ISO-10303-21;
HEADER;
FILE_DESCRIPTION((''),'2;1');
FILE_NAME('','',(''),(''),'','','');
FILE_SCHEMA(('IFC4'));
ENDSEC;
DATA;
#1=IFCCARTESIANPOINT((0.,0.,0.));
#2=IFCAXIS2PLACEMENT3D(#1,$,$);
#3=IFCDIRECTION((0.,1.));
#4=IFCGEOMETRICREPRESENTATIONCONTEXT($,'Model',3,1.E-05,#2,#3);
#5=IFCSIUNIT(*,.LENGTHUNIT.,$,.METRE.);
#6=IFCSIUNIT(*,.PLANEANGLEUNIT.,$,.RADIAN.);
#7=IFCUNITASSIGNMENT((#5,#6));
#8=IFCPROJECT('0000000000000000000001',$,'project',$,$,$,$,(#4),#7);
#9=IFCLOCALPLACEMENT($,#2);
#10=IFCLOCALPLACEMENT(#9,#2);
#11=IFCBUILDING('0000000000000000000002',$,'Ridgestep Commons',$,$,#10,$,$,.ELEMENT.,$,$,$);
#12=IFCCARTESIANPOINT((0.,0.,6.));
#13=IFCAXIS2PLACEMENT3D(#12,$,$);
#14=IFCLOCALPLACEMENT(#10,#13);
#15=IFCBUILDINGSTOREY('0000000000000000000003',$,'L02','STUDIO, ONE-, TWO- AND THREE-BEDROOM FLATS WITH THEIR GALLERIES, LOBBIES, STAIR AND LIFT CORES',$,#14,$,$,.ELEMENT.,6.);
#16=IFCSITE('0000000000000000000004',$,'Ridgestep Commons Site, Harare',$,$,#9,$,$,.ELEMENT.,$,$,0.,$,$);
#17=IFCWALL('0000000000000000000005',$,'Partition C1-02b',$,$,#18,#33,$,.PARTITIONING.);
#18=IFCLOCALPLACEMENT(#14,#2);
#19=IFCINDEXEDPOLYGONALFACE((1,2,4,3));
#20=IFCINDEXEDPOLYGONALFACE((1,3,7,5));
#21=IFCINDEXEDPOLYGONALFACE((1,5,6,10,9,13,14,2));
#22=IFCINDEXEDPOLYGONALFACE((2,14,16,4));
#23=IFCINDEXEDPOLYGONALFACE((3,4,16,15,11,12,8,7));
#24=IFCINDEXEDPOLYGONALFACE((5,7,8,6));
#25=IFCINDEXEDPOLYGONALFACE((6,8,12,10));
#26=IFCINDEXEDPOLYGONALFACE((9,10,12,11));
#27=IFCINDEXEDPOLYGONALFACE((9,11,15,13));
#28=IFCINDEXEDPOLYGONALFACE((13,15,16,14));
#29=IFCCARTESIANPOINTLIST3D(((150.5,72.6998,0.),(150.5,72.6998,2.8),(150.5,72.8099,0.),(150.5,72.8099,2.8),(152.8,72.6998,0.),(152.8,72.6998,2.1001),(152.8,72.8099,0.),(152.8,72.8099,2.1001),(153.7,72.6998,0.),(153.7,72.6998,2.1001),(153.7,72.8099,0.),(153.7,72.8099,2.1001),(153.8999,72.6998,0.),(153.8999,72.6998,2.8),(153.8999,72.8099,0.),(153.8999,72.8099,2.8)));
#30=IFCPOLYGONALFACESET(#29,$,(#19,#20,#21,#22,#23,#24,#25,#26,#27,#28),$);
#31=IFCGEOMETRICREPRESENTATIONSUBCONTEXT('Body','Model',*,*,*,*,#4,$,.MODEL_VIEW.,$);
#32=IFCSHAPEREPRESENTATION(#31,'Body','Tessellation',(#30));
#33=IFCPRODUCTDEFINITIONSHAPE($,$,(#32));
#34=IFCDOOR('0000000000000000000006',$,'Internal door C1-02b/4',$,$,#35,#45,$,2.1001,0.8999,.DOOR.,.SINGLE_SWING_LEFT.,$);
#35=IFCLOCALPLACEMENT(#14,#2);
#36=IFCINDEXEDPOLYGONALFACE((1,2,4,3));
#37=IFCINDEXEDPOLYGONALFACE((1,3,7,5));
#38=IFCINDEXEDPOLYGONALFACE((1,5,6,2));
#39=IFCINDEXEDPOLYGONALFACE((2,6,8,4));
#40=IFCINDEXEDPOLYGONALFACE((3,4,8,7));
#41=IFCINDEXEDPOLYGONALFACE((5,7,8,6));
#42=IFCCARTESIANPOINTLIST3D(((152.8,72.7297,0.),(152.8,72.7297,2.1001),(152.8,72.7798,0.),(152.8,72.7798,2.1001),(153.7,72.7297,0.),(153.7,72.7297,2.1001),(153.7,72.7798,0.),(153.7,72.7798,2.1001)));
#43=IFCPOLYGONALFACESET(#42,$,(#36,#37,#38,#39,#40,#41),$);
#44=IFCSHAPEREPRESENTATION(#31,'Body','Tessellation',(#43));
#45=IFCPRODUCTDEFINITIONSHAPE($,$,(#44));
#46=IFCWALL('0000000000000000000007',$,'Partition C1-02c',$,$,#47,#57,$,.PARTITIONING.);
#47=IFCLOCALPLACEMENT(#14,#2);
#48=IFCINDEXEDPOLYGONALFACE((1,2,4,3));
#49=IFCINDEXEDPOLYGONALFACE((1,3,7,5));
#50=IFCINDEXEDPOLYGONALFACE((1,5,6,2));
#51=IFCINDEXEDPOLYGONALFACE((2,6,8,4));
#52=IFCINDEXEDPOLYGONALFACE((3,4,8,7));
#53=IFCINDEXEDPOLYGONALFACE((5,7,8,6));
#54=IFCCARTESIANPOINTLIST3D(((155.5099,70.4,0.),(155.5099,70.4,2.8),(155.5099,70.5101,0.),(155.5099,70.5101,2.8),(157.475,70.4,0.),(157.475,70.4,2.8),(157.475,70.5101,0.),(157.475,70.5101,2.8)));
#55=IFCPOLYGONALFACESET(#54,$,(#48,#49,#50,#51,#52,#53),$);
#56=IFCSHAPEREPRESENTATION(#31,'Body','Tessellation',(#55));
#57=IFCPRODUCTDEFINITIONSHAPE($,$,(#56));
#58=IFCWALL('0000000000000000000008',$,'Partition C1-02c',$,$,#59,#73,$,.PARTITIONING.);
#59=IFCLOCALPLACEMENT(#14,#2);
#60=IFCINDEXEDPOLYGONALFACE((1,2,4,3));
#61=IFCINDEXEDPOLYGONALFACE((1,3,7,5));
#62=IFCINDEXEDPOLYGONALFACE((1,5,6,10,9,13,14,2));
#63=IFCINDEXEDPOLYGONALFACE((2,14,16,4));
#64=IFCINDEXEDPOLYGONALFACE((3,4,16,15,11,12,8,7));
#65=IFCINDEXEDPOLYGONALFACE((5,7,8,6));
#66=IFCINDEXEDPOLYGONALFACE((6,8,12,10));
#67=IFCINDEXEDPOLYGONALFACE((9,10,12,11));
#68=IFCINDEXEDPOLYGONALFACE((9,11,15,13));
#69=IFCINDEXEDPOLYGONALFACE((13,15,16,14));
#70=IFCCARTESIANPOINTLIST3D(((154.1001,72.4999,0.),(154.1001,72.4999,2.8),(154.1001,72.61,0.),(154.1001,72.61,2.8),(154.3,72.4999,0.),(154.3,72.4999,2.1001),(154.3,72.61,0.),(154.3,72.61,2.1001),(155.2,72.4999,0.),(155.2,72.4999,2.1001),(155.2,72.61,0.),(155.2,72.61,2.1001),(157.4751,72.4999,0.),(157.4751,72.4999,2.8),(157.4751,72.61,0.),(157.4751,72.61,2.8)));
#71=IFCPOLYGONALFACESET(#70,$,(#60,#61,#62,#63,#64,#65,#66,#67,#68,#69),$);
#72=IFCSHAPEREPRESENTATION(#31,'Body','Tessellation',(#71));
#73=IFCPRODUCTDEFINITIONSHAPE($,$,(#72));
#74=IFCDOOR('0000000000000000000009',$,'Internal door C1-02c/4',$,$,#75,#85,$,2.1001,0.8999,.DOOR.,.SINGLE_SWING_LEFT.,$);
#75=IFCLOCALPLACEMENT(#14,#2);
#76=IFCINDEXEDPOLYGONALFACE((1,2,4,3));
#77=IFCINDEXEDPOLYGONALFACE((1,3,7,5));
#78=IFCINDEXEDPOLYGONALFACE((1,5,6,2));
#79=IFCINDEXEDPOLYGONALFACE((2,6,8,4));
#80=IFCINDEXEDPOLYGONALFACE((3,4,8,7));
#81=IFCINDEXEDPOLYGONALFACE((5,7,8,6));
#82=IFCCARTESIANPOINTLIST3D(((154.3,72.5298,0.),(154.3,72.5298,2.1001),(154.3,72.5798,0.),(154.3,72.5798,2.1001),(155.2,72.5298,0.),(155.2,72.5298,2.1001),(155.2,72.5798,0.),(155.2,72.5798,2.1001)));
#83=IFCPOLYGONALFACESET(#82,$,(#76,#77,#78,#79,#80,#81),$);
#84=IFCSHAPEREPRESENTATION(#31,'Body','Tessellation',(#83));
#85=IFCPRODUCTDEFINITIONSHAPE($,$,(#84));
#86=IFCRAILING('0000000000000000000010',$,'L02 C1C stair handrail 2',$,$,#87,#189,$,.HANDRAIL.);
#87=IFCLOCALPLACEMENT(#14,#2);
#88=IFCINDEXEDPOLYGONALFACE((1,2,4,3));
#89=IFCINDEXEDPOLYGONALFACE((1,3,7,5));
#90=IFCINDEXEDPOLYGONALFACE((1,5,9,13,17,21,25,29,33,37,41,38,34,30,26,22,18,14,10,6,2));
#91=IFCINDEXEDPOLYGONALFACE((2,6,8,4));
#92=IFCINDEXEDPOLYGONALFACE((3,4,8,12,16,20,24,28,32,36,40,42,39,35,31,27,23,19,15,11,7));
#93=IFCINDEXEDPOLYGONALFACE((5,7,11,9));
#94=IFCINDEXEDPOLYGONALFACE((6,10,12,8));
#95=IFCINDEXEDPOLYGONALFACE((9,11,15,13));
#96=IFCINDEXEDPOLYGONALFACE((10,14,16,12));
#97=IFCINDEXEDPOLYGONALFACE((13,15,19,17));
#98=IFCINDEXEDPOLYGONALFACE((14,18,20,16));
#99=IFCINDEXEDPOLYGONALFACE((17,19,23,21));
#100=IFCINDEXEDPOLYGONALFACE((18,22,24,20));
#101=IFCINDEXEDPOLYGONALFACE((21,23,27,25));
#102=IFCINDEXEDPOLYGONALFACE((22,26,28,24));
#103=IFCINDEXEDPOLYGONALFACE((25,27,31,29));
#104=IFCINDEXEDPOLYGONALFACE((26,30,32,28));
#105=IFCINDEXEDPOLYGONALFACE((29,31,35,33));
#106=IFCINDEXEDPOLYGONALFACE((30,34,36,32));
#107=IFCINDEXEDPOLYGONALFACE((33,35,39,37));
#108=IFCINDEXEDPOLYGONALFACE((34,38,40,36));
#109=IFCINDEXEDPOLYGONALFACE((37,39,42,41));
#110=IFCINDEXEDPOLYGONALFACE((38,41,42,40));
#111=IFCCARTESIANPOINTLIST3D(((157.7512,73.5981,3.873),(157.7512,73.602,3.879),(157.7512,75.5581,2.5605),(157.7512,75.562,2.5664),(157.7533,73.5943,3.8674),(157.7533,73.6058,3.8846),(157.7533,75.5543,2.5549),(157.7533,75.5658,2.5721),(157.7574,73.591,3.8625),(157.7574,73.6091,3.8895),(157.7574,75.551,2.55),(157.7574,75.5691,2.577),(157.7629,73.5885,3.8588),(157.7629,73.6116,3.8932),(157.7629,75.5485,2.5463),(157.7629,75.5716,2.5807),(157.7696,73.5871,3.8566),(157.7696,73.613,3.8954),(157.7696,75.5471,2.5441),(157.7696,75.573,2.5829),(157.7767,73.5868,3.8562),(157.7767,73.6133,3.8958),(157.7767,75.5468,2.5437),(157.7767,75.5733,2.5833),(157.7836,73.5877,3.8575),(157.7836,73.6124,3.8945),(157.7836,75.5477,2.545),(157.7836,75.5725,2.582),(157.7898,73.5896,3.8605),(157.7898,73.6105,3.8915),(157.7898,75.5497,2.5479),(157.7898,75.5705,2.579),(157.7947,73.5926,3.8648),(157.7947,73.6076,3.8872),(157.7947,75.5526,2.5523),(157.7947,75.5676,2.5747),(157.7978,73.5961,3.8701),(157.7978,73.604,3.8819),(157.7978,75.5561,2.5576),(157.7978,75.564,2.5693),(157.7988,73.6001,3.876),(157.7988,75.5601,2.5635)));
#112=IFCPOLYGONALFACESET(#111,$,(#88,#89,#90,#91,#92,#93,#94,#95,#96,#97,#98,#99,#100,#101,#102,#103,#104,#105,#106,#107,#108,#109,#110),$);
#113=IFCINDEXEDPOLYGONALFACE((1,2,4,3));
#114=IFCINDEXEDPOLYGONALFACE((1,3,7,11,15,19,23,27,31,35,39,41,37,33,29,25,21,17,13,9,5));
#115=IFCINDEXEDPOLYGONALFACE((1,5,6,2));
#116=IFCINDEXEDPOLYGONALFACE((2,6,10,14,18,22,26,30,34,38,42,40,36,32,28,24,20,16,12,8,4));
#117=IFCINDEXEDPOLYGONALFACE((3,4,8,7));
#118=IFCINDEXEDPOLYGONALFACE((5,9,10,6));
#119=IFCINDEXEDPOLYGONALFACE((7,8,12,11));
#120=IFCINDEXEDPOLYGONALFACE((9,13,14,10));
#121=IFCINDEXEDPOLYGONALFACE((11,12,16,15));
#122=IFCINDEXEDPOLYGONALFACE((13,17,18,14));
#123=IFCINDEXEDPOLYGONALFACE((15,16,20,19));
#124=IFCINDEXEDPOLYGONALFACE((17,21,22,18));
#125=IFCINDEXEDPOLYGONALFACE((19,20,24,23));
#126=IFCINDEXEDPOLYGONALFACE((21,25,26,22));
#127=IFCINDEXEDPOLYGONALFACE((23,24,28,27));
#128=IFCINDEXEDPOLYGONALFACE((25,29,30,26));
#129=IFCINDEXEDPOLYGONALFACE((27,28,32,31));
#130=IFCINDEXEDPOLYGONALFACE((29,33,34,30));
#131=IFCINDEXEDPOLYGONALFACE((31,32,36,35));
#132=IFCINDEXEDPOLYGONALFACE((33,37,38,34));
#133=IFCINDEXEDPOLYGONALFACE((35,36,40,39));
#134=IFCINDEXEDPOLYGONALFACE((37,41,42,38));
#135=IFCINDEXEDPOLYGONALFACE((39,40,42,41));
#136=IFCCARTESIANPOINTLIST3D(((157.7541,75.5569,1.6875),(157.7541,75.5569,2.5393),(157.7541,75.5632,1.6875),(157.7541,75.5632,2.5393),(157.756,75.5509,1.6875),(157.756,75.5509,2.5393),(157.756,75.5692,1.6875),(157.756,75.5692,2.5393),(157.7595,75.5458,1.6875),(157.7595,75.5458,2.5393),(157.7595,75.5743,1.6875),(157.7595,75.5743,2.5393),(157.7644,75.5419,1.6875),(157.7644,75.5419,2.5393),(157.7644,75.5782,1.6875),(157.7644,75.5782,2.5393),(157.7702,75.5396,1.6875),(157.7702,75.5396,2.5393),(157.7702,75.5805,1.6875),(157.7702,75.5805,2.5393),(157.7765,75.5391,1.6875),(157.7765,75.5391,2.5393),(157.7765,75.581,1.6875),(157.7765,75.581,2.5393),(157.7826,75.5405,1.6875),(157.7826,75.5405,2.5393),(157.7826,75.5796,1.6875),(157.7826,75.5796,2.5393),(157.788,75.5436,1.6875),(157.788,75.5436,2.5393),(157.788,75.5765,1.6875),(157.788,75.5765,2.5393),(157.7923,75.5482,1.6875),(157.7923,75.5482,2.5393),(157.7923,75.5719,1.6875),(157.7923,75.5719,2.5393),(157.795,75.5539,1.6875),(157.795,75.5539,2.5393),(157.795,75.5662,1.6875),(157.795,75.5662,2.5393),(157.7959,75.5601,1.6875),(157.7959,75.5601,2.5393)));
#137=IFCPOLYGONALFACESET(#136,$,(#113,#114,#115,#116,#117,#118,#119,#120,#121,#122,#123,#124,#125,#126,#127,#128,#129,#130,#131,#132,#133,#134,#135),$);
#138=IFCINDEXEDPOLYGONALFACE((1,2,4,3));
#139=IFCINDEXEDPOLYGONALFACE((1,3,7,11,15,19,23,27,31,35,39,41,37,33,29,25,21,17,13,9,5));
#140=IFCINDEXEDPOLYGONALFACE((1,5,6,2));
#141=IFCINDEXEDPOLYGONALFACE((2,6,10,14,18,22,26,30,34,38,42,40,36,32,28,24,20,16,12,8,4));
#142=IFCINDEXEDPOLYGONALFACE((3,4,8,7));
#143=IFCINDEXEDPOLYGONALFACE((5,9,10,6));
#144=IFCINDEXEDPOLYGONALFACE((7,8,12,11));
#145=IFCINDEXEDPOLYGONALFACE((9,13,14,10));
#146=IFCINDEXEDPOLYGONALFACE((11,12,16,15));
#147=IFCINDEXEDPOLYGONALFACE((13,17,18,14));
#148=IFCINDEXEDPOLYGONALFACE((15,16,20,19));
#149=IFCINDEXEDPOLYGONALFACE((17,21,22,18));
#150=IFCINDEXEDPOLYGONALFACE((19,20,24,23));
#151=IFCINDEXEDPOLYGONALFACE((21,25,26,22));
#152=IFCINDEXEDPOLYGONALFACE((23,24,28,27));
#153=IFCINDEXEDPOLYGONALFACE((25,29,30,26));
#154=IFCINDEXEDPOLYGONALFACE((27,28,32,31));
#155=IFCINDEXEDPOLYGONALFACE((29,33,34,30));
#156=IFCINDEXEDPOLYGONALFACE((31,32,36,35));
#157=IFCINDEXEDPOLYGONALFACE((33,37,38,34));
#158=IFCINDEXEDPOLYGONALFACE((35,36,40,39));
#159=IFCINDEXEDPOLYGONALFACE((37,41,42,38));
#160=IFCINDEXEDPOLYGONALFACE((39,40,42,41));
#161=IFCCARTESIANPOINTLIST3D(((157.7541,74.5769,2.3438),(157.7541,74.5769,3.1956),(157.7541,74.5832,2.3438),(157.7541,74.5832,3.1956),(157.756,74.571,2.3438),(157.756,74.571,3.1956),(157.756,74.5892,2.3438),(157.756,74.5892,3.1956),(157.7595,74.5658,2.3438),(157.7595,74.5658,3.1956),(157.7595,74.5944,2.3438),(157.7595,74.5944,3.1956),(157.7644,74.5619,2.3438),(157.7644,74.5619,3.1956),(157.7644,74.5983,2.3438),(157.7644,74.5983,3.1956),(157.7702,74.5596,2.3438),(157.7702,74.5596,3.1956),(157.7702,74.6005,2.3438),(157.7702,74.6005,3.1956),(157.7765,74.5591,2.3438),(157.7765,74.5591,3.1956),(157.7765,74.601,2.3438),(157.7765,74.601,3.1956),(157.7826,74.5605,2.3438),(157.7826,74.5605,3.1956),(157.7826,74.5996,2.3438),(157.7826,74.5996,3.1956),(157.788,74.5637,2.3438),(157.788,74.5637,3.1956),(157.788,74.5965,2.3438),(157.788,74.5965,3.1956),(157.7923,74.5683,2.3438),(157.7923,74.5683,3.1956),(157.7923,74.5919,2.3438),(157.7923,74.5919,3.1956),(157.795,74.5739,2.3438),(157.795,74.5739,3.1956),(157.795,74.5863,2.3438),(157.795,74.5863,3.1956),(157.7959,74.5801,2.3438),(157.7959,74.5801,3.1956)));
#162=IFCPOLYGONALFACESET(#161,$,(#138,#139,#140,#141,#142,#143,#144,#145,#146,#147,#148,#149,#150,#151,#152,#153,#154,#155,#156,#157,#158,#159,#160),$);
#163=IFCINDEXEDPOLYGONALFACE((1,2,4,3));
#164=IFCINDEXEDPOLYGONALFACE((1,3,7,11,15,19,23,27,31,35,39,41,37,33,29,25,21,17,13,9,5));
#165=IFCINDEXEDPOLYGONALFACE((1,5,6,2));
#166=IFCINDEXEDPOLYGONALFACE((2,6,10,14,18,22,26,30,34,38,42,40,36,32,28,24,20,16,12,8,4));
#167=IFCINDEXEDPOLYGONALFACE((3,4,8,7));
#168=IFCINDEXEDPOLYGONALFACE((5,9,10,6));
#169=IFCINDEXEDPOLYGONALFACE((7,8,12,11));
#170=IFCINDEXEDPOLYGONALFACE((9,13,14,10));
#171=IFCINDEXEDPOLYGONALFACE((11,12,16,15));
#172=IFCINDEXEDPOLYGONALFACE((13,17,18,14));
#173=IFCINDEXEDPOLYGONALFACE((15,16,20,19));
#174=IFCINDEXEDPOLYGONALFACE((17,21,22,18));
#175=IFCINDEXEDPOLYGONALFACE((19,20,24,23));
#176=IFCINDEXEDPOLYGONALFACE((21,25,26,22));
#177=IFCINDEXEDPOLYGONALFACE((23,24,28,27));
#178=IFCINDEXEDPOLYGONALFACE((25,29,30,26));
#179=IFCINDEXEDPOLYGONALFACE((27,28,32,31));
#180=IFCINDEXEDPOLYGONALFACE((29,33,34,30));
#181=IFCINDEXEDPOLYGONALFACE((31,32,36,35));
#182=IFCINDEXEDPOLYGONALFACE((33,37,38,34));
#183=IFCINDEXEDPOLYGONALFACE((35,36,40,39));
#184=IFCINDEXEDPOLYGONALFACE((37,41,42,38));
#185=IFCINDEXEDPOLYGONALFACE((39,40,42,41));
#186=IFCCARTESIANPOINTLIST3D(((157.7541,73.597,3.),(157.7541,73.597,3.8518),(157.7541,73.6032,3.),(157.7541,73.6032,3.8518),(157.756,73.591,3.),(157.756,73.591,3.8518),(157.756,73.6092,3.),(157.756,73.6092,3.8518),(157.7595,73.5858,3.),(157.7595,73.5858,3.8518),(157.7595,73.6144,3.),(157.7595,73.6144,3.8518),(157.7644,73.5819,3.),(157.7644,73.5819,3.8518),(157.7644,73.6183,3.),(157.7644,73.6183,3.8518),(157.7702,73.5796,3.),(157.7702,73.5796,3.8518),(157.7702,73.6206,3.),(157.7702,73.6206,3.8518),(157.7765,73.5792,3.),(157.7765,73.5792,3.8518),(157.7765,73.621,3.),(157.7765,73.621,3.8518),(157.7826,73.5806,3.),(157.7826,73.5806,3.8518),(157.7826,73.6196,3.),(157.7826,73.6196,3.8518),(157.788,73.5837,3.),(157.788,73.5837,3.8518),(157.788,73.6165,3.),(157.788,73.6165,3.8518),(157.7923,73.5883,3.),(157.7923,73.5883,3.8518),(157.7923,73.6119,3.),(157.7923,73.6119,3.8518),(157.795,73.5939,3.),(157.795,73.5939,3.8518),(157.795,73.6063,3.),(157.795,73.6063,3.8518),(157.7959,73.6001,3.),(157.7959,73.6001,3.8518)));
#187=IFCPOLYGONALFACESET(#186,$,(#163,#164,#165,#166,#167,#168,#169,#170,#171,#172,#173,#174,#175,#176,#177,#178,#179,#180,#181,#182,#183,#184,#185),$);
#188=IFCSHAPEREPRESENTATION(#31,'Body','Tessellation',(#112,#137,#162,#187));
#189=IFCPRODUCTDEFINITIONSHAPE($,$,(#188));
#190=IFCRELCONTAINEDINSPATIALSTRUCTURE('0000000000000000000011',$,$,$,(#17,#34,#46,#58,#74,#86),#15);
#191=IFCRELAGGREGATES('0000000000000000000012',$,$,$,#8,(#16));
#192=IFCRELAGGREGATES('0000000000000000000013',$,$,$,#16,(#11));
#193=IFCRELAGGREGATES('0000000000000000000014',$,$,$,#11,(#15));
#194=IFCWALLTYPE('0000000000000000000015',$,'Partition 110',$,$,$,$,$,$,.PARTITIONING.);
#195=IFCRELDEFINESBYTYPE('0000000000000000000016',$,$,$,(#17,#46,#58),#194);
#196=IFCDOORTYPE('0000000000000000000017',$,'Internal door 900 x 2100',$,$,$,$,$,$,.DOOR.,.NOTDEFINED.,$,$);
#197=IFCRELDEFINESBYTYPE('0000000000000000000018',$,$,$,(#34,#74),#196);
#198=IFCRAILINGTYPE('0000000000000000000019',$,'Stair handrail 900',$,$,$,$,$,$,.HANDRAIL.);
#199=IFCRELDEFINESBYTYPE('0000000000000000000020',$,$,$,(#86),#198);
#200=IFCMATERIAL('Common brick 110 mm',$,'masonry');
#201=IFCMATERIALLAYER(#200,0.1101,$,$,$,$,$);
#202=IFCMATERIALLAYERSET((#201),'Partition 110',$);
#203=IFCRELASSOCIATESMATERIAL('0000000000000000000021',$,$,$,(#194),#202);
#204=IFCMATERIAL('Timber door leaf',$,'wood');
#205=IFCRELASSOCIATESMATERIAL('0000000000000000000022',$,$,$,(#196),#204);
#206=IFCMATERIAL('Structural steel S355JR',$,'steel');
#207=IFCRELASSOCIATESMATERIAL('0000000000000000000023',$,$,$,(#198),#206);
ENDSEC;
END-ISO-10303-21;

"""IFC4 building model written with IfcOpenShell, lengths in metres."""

from ifc_helpers import new_model, si_unit, direction, frame, frame_2d, origin, origin_2d, place, context, subcontext, project, spatial, rectangle, circle, extrude, material, layer, layer_set, type_object, element, fill, save


model = new_model("IFC4")

# Units and contexts
model_context = context("Model", 3, precision=1e-05, world=origin(), true_north=direction((0.0, 1.0)))
body_context = subcontext(model_context, "Body", "Model", "MODEL_VIEW")
ifc_project = project(units=[si_unit("LENGTHUNIT", "METRE"), si_unit("PLANEANGLEUNIT", "RADIAN")], contexts=[model_context])

# Site, building, storey
site_placement = place(None, origin())
site = spatial("IfcSite", under=ifc_project, at=site_placement, Name="Ridgestep Commons Site, Harare", CompositionType="ELEMENT", RefElevation=0.0)
building_placement = place(site_placement, origin())
building = spatial("IfcBuilding", under=site, at=building_placement, Name="Ridgestep Commons", CompositionType="ELEMENT")
storey_placement = place(building_placement, frame((0.0, 0.0, 6.0)))
storey = spatial("IfcBuildingStorey", under=building, at=storey_placement, Name="L02", Description="STUDIO, ONE-, TWO- AND THREE-BEDROOM FLATS WITH THEIR GALLERIES, LOBBIES, STAIR AND LIFT CORES", CompositionType="ELEMENT", Elevation=6.0)

# Wall, opening, door
ifc_material_1 = material(Name="Common brick 110 mm", Category="masonry")
ifc_layer_1 = layer(ifc_material_1, 0.1101)
ifc_layer_set_1 = layer_set([ifc_layer_1], Name="Partition 110")
wall_type_1 = type_object("IfcWallType", Name="Partition 110", PredefinedType="PARTITIONING", material=ifc_layer_set_1)
wall_1_placement = place(storey_placement, frame((150.5, 72.7549, 0.0), z_axis=(0.0, 0.0, 1.0), x_axis=(1.0, 0.0, 0.0)))
wall_1 = element("IfcWall", 1, at=wall_1_placement, inside=storey, type_object=wall_type_1, Name="Partition C1-02b", PredefinedType="PARTITIONING", context=body_context, shape_type="SweptSolid", body=[
    extrude(rectangle(XDim=3.3999, YDim=0.1101, at=frame_2d((1.7, 0.0))), origin(), (0.0, 0.0, 1.0), 2.8),
])
opening_1_placement = place(wall_1_placement, frame((2.3, 0.0, 0.0)))
opening_1 = element("IfcOpeningElement", 2, at=opening_1_placement, cuts=wall_1, PredefinedType="OPENING", context=body_context, shape_type="SweptSolid", body=[
    extrude(rectangle(XDim=0.8999, YDim=2.1001, at=frame_2d((0.45, 1.05))), frame((0.0, 0.0649, 0.0), z_axis=(0.0, -1.0, 0.0), x_axis=(1.0, 0.0, 0.0)), (0.0, 0.0, 1.0), 0.1301),
])
ifc_material_2 = material(Name="Timber door leaf", Category="wood")
door_type_1 = type_object("IfcDoorType", Name="Internal door 900 x 2100", OperationType="NOTDEFINED", PredefinedType="DOOR", material=ifc_material_2)
door_1_placement = place(opening_1_placement, origin())
door_1 = element("IfcDoor", 3, at=door_1_placement, inside=storey, type_object=door_type_1, Name="Internal door C1-02b/4", OperationType="SINGLE_SWING_LEFT", OverallHeight=2.1001, OverallWidth=0.8999, PredefinedType="DOOR", context=body_context, shape_type="SweptSolid", body=[
    extrude(rectangle(XDim=0.8999, YDim=2.1001, at=frame_2d((0.45, 1.05))), frame((0.0, 0.0249, 0.0), z_axis=(0.0, -1.0, 0.0), x_axis=(1.0, 0.0, 0.0)), (0.0, 0.0, 1.0), 0.05),
])
fill(opening_1, door_1)

# Wall
wall_2_placement = place(storey_placement, frame((155.51, 70.4551, 0.0), z_axis=(0.0, 0.0, 1.0), x_axis=(1.0, 0.0, 0.0)))
element("IfcWall", 4, at=wall_2_placement, inside=storey, type_object=wall_type_1, Name="Partition C1-02c", PredefinedType="PARTITIONING", context=body_context, shape_type="SweptSolid", body=[
    extrude(rectangle(XDim=1.9651, YDim=0.1101, at=frame_2d((0.9824, 0.0))), origin(), (0.0, 0.0, 1.0), 2.8),
])

# Wall, opening, door
wall_3_placement = place(storey_placement, frame((154.1001, 72.5549, 0.0), z_axis=(0.0, 0.0, 1.0), x_axis=(1.0, 0.0, 0.0)))
wall_3 = element("IfcWall", 5, at=wall_3_placement, inside=storey, type_object=wall_type_1, Name="Partition C1-02c", PredefinedType="PARTITIONING", context=body_context, shape_type="SweptSolid", body=[
    extrude(rectangle(XDim=3.375, YDim=0.1101, at=frame_2d((1.6875, 0.0))), origin(), (0.0, 0.0, 1.0), 2.8),
])
opening_2_placement = place(wall_3_placement, frame((0.2, 0.0, 0.0)))
opening_2 = element("IfcOpeningElement", 6, at=opening_2_placement, cuts=wall_3, PredefinedType="OPENING", context=body_context, shape_type="SweptSolid", body=[
    extrude(rectangle(XDim=0.8999, YDim=2.1001, at=frame_2d((0.45, 1.05))), frame((0.0, 0.0649, 0.0), z_axis=(0.0, -1.0, 0.0), x_axis=(1.0, 0.0, 0.0)), (0.0, 0.0, 1.0), 0.1301),
])
door_2_placement = place(opening_2_placement, origin())
door_2 = element("IfcDoor", 7, at=door_2_placement, inside=storey, type_object=door_type_1, Name="Internal door C1-02c/4", OperationType="SINGLE_SWING_LEFT", OverallHeight=2.1001, OverallWidth=0.8999, PredefinedType="DOOR", context=body_context, shape_type="SweptSolid", body=[
    extrude(rectangle(XDim=0.8999, YDim=2.1001, at=frame_2d((0.45, 1.05))), frame((0.0, 0.0249, 0.0), z_axis=(0.0, -1.0, 0.0), x_axis=(1.0, 0.0, 0.0)), (0.0, 0.0, 1.0), 0.05),
])
fill(opening_2, door_2)

# Railing
ifc_material_3 = material(Name="Structural steel S355JR", Category="steel")
railing_type_1 = type_object("IfcRailingType", Name="Stair handrail 900", PredefinedType="HANDRAIL", material=ifc_material_3)
railing_1_placement = place(storey_placement, frame((157.7749, 75.5601, 1.6875)))
element("IfcRailing", 8, at=railing_1_placement, inside=storey, type_object=railing_type_1, Name="L02 C1C stair handrail 2", PredefinedType="HANDRAIL", context=body_context, shape_type="SweptSolid", body=[
    extrude(circle(Radius=0.0239, at=origin_2d()), frame((0.0, 0.0, 0.876), z_axis=(0.0, -0.830902, 0.556419), x_axis=(1.0, 0.0, 0.0)), (0.0, 0.0, 1.0), 2.3589),
    extrude(circle(Radius=0.021, at=origin_2d()), origin(), (0.0, 0.0, 1.0), 0.8518),
    extrude(circle(Radius=0.021, at=origin_2d()), frame((0.0, -0.98, 0.6562)), (0.0, 0.0, 1.0), 0.8518),
    extrude(circle(Radius=0.021, at=origin_2d()), frame((0.0, -1.96, 1.3125)), (0.0, 0.0, 1.0), 0.8518),
])

save(model, "model.ifc")
